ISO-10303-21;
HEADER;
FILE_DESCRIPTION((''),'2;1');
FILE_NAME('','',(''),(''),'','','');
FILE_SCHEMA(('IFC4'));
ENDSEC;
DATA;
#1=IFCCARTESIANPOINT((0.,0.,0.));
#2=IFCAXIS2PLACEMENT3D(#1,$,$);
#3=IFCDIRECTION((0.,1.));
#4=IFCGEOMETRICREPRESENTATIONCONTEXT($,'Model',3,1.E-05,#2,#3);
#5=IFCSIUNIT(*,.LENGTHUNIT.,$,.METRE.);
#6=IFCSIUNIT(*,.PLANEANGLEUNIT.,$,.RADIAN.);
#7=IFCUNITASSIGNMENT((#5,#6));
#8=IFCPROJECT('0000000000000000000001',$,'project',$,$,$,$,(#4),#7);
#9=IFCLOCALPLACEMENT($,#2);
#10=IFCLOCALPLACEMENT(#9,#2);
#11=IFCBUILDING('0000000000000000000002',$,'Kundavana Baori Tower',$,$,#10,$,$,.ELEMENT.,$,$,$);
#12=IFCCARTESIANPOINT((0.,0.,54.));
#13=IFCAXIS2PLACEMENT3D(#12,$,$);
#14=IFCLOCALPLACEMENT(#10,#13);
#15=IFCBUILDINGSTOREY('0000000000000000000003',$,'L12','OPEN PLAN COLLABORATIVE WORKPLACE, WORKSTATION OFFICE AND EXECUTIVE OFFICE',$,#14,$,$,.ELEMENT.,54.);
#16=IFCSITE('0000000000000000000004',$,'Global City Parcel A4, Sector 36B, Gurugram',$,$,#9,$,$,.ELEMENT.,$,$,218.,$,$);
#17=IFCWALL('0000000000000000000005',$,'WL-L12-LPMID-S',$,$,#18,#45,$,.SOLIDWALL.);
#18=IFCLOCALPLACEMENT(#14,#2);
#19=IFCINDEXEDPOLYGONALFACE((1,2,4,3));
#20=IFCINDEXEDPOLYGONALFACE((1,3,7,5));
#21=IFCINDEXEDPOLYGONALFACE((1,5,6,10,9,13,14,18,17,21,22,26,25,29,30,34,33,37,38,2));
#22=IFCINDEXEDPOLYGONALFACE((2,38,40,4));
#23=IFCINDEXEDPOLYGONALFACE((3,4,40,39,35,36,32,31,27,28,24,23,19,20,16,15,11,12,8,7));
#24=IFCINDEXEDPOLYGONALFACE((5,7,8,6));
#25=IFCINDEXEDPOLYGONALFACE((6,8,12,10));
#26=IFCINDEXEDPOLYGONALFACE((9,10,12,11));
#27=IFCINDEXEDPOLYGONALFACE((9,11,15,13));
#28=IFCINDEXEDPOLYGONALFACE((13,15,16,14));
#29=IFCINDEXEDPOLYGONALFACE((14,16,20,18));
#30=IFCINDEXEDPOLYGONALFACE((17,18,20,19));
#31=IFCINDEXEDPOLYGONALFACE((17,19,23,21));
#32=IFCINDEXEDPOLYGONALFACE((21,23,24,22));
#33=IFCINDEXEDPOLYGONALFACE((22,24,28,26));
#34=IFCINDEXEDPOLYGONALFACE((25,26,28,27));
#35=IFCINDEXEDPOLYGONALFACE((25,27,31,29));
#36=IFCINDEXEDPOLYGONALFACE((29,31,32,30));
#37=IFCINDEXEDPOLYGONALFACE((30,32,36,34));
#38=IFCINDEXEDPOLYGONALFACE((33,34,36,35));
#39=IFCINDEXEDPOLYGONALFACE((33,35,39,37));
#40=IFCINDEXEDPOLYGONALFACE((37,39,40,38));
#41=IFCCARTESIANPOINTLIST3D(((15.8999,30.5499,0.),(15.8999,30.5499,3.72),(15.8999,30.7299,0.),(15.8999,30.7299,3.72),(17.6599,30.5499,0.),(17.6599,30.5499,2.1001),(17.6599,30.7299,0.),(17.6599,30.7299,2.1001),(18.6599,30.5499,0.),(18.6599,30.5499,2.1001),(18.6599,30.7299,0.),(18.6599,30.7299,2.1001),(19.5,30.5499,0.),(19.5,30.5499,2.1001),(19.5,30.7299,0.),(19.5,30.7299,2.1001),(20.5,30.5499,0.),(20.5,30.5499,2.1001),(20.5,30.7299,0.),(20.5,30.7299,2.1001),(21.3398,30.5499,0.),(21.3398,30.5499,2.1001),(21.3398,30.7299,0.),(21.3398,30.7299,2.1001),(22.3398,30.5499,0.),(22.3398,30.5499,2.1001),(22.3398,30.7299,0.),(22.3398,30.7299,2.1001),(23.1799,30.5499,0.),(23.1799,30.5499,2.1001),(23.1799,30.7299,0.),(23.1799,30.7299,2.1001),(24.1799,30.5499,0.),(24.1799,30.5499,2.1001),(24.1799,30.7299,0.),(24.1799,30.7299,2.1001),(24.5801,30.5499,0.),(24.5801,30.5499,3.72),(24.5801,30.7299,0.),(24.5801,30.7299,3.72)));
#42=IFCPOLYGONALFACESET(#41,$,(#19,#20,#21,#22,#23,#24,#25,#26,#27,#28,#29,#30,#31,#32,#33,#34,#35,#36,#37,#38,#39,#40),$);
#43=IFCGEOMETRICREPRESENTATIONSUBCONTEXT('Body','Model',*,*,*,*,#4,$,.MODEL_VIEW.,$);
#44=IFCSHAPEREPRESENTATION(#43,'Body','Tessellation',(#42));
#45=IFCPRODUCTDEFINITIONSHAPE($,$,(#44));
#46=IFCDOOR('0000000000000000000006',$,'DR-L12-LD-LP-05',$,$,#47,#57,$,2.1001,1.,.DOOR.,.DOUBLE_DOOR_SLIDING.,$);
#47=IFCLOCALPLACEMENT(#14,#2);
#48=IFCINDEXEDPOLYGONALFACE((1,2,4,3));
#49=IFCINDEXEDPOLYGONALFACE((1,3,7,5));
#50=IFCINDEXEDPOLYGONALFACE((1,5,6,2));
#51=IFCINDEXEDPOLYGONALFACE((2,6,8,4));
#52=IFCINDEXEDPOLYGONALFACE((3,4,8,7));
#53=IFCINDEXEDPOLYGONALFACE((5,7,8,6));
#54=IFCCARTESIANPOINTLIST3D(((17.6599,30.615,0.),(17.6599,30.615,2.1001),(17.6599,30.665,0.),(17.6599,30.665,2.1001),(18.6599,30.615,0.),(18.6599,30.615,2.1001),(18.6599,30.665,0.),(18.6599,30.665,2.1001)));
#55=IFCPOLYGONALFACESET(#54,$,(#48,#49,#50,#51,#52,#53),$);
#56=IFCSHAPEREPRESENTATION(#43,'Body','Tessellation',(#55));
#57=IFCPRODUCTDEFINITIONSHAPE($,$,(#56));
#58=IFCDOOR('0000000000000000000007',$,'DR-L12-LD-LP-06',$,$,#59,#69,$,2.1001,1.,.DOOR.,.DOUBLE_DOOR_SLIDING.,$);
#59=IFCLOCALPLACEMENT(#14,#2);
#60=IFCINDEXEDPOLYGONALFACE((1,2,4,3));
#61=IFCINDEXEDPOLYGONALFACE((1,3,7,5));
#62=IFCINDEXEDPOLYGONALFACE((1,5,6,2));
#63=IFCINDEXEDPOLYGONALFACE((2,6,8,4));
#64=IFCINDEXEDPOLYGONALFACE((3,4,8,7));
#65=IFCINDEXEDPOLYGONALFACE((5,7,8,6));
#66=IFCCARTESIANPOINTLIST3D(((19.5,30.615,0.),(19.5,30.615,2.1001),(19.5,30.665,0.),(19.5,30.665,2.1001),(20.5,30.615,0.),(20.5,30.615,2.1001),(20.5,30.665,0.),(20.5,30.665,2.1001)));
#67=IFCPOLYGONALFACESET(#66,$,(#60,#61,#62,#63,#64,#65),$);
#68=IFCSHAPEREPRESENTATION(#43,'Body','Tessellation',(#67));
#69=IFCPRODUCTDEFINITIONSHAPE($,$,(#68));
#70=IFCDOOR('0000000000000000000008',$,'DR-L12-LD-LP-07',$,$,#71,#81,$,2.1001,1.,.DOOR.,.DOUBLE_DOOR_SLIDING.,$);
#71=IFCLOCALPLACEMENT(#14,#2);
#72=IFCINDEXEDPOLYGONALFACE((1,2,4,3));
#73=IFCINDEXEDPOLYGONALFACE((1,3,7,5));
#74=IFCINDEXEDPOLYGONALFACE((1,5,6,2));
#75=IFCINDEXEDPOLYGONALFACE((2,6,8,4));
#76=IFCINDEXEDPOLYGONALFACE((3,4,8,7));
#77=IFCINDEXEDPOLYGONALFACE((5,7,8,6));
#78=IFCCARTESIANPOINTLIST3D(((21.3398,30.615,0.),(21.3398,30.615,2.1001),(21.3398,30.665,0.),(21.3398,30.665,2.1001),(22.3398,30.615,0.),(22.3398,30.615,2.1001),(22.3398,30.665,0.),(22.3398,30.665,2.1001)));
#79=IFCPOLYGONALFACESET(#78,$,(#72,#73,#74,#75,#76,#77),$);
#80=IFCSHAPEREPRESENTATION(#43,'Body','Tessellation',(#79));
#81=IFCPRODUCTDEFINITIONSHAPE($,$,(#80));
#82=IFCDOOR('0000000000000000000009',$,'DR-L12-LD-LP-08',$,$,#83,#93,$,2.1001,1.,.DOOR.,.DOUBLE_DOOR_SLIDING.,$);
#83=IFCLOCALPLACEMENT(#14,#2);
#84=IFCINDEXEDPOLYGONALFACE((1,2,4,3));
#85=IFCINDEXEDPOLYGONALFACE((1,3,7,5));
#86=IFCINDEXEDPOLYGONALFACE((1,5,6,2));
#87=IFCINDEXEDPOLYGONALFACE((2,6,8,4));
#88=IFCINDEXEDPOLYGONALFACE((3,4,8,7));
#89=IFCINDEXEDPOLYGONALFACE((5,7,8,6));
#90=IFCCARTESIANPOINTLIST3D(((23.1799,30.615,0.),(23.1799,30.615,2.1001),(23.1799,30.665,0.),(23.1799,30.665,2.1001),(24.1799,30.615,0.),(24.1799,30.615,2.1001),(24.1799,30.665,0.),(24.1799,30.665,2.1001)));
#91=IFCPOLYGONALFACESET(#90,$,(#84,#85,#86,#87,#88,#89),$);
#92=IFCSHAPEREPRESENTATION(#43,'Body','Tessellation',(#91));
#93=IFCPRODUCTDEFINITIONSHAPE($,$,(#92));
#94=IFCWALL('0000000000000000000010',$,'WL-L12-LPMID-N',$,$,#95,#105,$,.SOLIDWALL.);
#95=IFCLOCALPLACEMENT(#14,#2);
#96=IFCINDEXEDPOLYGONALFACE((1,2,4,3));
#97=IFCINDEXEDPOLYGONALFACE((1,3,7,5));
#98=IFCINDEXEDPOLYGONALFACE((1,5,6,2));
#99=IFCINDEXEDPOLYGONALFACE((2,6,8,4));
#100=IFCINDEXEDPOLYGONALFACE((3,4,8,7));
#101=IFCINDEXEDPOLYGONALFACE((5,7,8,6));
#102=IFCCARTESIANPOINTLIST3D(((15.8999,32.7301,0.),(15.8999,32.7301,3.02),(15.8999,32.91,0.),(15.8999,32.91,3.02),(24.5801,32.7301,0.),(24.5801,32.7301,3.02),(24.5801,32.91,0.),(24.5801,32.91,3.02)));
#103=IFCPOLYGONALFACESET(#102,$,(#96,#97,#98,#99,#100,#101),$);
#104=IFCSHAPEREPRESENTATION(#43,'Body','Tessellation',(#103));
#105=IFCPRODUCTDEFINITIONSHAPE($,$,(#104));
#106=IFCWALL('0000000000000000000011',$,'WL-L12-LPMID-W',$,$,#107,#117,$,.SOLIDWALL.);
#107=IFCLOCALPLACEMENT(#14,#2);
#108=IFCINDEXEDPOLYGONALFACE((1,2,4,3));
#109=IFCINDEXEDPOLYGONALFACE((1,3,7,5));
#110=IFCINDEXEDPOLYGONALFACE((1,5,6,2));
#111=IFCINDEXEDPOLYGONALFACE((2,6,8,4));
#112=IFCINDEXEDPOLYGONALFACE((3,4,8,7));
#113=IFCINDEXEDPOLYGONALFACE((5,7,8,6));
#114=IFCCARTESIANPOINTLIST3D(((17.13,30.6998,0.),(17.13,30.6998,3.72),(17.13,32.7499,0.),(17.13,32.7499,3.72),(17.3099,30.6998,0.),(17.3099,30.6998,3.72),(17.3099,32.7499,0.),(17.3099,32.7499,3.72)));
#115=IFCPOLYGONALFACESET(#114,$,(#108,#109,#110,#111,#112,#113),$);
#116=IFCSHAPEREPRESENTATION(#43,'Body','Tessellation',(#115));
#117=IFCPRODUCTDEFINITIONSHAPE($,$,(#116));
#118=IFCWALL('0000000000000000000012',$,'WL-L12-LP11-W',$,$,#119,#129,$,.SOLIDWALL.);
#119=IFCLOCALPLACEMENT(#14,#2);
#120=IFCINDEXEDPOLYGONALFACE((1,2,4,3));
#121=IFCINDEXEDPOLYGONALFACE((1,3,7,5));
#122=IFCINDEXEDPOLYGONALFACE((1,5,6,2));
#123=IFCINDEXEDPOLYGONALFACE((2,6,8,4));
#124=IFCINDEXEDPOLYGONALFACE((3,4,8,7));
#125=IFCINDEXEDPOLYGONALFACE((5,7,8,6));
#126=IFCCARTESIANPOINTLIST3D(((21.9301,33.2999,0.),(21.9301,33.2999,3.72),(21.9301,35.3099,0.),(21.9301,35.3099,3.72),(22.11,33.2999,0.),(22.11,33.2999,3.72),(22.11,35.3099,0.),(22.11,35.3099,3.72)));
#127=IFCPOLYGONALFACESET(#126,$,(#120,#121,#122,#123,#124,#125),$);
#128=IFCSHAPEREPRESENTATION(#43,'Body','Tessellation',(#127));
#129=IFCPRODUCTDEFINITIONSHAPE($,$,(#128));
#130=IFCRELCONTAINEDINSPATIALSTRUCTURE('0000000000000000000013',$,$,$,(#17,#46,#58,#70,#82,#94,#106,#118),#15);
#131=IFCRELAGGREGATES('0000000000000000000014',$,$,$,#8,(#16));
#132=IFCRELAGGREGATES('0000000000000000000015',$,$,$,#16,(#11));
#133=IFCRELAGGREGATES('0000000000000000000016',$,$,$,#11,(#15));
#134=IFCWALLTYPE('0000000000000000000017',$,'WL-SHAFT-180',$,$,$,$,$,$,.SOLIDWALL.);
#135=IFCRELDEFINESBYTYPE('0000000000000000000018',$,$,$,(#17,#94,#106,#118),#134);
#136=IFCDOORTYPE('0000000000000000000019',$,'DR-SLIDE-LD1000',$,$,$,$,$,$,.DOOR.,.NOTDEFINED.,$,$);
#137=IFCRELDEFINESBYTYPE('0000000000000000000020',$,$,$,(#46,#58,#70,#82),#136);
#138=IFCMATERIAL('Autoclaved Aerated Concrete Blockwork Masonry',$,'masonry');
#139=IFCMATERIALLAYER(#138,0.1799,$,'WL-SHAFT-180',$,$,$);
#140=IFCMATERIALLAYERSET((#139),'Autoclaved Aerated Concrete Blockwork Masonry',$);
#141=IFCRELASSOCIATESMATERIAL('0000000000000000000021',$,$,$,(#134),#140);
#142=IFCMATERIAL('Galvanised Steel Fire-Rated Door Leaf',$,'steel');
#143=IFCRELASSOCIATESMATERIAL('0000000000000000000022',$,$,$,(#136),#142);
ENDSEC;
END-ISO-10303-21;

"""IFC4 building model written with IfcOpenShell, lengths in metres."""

from ifc_helpers import new_model, si_unit, direction, frame, frame_2d, origin, place, context, subcontext, project, spatial, rectangle, extrude, material, layer, layer_set, type_object, element, fill, save


model = new_model("IFC4")

# Units and contexts
model_context = context("Model", 3, precision=1e-05, world=origin(), true_north=direction((0.0, 1.0)))
body_context = subcontext(model_context, "Body", "Model", "MODEL_VIEW")
ifc_project = project(units=[si_unit("LENGTHUNIT", "METRE"), si_unit("PLANEANGLEUNIT", "RADIAN")], contexts=[model_context])

# Site, building, storey
site_placement = place(None, origin())
site = spatial("IfcSite", under=ifc_project, at=site_placement, Name="Global City Parcel A4, Sector 36B, Gurugram", CompositionType="ELEMENT", RefElevation=218.0)
building_placement = place(site_placement, origin())
building = spatial("IfcBuilding", under=site, at=building_placement, Name="Kundavana Baori Tower", CompositionType="ELEMENT")
storey_placement = place(building_placement, frame((0.0, 0.0, 54.0)))
storey = spatial("IfcBuildingStorey", under=building, at=storey_placement, Name="L12", Description="OPEN PLAN COLLABORATIVE WORKPLACE, WORKSTATION OFFICE AND EXECUTIVE OFFICE", CompositionType="ELEMENT", Elevation=54.0)

# Shared definitions
ifc_material_1 = material(Name="Autoclaved Aerated Concrete Blockwork Masonry", Category="masonry")
ifc_layer_1 = layer(ifc_material_1, 0.1799, Name="WL-SHAFT-180")
ifc_layer_set_1 = layer_set([ifc_layer_1], Name="Autoclaved Aerated Concrete Blockwork Masonry")
wall_type_1 = type_object("IfcWallType", Name="WL-SHAFT-180", PredefinedType="SOLIDWALL", material=ifc_layer_set_1)

# Wall, openings, doors
wall_1_placement = place(storey_placement, frame((15.8999, 30.6399, 0.0), z_axis=(0.0, 0.0, 1.0), x_axis=(1.0, 0.0, 0.0)))
wall_1 = element("IfcWall", 1, at=wall_1_placement, inside=storey, type_object=wall_type_1, Name="WL-L12-LPMID-S", PredefinedType="SOLIDWALL", context=body_context, shape_type="SweptSolid", body=[
    extrude(rectangle(XDim=8.6802, YDim=0.1799, at=frame_2d((4.3401, 0.0))), origin(), (0.0, 0.0, 1.0), 3.72),
])
opening_1_placement = place(wall_1_placement, frame((1.76, 0.0, 0.0)))
opening_1 = element("IfcOpeningElement", 2, at=opening_1_placement, cuts=wall_1, PredefinedType="OPENING", context=body_context, shape_type="SweptSolid", body=[
    extrude(rectangle(XDim=1.0, YDim=2.1001, at=frame_2d((0.5, 1.05))), frame((0.0, 0.1001, 0.0), z_axis=(0.0, -1.0, 0.0), x_axis=(1.0, 0.0, 0.0)), (0.0, 0.0, 1.0), 0.2),
])
opening_2_placement = place(wall_1_placement, frame((3.6001, 0.0, 0.0)))
opening_2 = element("IfcOpeningElement", 3, at=opening_2_placement, cuts=wall_1, PredefinedType="OPENING", context=body_context, shape_type="SweptSolid", body=[
    extrude(rectangle(XDim=1.0, YDim=2.1001, at=frame_2d((0.5, 1.05))), frame((0.0, 0.1001, 0.0), z_axis=(0.0, -1.0, 0.0), x_axis=(1.0, 0.0, 0.0)), (0.0, 0.0, 1.0), 0.2),
])
opening_3_placement = place(wall_1_placement, frame((5.4399, 0.0, 0.0)))
opening_3 = element("IfcOpeningElement", 4, at=opening_3_placement, cuts=wall_1, PredefinedType="OPENING", context=body_context, shape_type="SweptSolid", body=[
    extrude(rectangle(XDim=1.0, YDim=2.1001, at=frame_2d((0.5, 1.05))), frame((0.0, 0.1001, 0.0), z_axis=(0.0, -1.0, 0.0), x_axis=(1.0, 0.0, 0.0)), (0.0, 0.0, 1.0), 0.2),
])
opening_4_placement = place(wall_1_placement, frame((7.28, 0.0, 0.0)))
opening_4 = element("IfcOpeningElement", 5, at=opening_4_placement, cuts=wall_1, PredefinedType="OPENING", context=body_context, shape_type="SweptSolid", body=[
    extrude(rectangle(XDim=1.0, YDim=2.1001, at=frame_2d((0.5, 1.05))), frame((0.0, 0.1001, 0.0), z_axis=(0.0, -1.0, 0.0), x_axis=(1.0, 0.0, 0.0)), (0.0, 0.0, 1.0), 0.2),
])
ifc_material_2 = material(Name="Galvanised Steel Fire-Rated Door Leaf", Category="steel")
door_type_1 = type_object("IfcDoorType", Name="DR-SLIDE-LD1000", OperationType="NOTDEFINED", PredefinedType="DOOR", material=ifc_material_2)
door_1_placement = place(opening_1_placement, frame((1.0, 0.0, 0.0), z_axis=(0.0, 0.0, 1.0), x_axis=(-1.0, 0.0, 0.0)))
door_1 = element("IfcDoor", 6, at=door_1_placement, inside=storey, type_object=door_type_1, Name="DR-L12-LD-LP-05", OperationType="DOUBLE_DOOR_SLIDING", OverallHeight=2.1001, OverallWidth=1.0, PredefinedType="DOOR", context=body_context, shape_type="SweptSolid", body=[
    extrude(rectangle(XDim=1.0, YDim=2.1001, at=frame_2d((0.5, 1.05))), frame((0.0, 0.0249, 0.0), z_axis=(0.0, -1.0, 0.0), x_axis=(1.0, 0.0, 0.0)), (0.0, 0.0, 1.0), 0.05),
])
fill(opening_1, door_1)
door_2_placement = place(opening_2_placement, frame((1.0, 0.0, 0.0), z_axis=(0.0, 0.0, 1.0), x_axis=(-1.0, 0.0, 0.0)))
door_2 = element("IfcDoor", 7, at=door_2_placement, inside=storey, type_object=door_type_1, Name="DR-L12-LD-LP-06", OperationType="DOUBLE_DOOR_SLIDING", OverallHeight=2.1001, OverallWidth=1.0, PredefinedType="DOOR", context=body_context, shape_type="SweptSolid", body=[
    extrude(rectangle(XDim=1.0, YDim=2.1001, at=frame_2d((0.5, 1.05))), frame((0.0, 0.0249, 0.0), z_axis=(0.0, -1.0, 0.0), x_axis=(1.0, 0.0, 0.0)), (0.0, 0.0, 1.0), 0.05),
])
fill(opening_2, door_2)
door_3_placement = place(opening_3_placement, frame((1.0, 0.0, 0.0), z_axis=(0.0, 0.0, 1.0), x_axis=(-1.0, 0.0, 0.0)))
door_3 = element("IfcDoor", 8, at=door_3_placement, inside=storey, type_object=door_type_1, Name="DR-L12-LD-LP-07", OperationType="DOUBLE_DOOR_SLIDING", OverallHeight=2.1001, OverallWidth=1.0, PredefinedType="DOOR", context=body_context, shape_type="SweptSolid", body=[
    extrude(rectangle(XDim=1.0, YDim=2.1001, at=frame_2d((0.5, 1.05))), frame((0.0, 0.0249, 0.0), z_axis=(0.0, -1.0, 0.0), x_axis=(1.0, 0.0, 0.0)), (0.0, 0.0, 1.0), 0.05),
])
fill(opening_3, door_3)
door_4_placement = place(opening_4_placement, frame((1.0, 0.0, 0.0), z_axis=(0.0, 0.0, 1.0), x_axis=(-1.0, 0.0, 0.0)))
door_4 = element("IfcDoor", 9, at=door_4_placement, inside=storey, type_object=door_type_1, Name="DR-L12-LD-LP-08", OperationType="DOUBLE_DOOR_SLIDING", OverallHeight=2.1001, OverallWidth=1.0, PredefinedType="DOOR", context=body_context, shape_type="SweptSolid", body=[
    extrude(rectangle(XDim=1.0, YDim=2.1001, at=frame_2d((0.5, 1.05))), frame((0.0, 0.0249, 0.0), z_axis=(0.0, -1.0, 0.0), x_axis=(1.0, 0.0, 0.0)), (0.0, 0.0, 1.0), 0.05),
])
fill(opening_4, door_4)

# Walls
wall_2_placement = place(storey_placement, frame((15.8999, 32.8201, 0.0), z_axis=(0.0, 0.0, 1.0), x_axis=(1.0, 0.0, 0.0)))
element("IfcWall", 10, at=wall_2_placement, inside=storey, type_object=wall_type_1, Name="WL-L12-LPMID-N", PredefinedType="SOLIDWALL", context=body_context, shape_type="SweptSolid", body=[
    extrude(rectangle(XDim=8.6802, YDim=0.1799, at=frame_2d((4.3401, 0.0))), origin(), (0.0, 0.0, 1.0), 3.02),
])
wall_3_placement = place(storey_placement, frame((17.22, 30.7, 0.0), z_axis=(0.0, 0.0, 1.0), x_axis=(0.0, 1.0, 0.0)))
element("IfcWall", 11, at=wall_3_placement, inside=storey, type_object=wall_type_1, Name="WL-L12-LPMID-W", PredefinedType="SOLIDWALL", context=body_context, shape_type="SweptSolid", body=[
    extrude(rectangle(XDim=2.05, YDim=0.1799, at=frame_2d((1.0249, 0.0))), origin(), (0.0, 0.0, 1.0), 3.72),
])
wall_4_placement = place(storey_placement, frame((22.02, 33.3, 0.0), z_axis=(0.0, 0.0, 1.0), x_axis=(0.0, 1.0, 0.0)))
element("IfcWall", 12, at=wall_4_placement, inside=storey, type_object=wall_type_1, Name="WL-L12-LP11-W", PredefinedType="SOLIDWALL", context=body_context, shape_type="SweptSolid", body=[
    extrude(rectangle(XDim=2.01, YDim=0.1799, at=frame_2d((1.0049, 0.0))), origin(), (0.0, 0.0, 1.0), 3.72),
])

save(model, "model.ifc")
